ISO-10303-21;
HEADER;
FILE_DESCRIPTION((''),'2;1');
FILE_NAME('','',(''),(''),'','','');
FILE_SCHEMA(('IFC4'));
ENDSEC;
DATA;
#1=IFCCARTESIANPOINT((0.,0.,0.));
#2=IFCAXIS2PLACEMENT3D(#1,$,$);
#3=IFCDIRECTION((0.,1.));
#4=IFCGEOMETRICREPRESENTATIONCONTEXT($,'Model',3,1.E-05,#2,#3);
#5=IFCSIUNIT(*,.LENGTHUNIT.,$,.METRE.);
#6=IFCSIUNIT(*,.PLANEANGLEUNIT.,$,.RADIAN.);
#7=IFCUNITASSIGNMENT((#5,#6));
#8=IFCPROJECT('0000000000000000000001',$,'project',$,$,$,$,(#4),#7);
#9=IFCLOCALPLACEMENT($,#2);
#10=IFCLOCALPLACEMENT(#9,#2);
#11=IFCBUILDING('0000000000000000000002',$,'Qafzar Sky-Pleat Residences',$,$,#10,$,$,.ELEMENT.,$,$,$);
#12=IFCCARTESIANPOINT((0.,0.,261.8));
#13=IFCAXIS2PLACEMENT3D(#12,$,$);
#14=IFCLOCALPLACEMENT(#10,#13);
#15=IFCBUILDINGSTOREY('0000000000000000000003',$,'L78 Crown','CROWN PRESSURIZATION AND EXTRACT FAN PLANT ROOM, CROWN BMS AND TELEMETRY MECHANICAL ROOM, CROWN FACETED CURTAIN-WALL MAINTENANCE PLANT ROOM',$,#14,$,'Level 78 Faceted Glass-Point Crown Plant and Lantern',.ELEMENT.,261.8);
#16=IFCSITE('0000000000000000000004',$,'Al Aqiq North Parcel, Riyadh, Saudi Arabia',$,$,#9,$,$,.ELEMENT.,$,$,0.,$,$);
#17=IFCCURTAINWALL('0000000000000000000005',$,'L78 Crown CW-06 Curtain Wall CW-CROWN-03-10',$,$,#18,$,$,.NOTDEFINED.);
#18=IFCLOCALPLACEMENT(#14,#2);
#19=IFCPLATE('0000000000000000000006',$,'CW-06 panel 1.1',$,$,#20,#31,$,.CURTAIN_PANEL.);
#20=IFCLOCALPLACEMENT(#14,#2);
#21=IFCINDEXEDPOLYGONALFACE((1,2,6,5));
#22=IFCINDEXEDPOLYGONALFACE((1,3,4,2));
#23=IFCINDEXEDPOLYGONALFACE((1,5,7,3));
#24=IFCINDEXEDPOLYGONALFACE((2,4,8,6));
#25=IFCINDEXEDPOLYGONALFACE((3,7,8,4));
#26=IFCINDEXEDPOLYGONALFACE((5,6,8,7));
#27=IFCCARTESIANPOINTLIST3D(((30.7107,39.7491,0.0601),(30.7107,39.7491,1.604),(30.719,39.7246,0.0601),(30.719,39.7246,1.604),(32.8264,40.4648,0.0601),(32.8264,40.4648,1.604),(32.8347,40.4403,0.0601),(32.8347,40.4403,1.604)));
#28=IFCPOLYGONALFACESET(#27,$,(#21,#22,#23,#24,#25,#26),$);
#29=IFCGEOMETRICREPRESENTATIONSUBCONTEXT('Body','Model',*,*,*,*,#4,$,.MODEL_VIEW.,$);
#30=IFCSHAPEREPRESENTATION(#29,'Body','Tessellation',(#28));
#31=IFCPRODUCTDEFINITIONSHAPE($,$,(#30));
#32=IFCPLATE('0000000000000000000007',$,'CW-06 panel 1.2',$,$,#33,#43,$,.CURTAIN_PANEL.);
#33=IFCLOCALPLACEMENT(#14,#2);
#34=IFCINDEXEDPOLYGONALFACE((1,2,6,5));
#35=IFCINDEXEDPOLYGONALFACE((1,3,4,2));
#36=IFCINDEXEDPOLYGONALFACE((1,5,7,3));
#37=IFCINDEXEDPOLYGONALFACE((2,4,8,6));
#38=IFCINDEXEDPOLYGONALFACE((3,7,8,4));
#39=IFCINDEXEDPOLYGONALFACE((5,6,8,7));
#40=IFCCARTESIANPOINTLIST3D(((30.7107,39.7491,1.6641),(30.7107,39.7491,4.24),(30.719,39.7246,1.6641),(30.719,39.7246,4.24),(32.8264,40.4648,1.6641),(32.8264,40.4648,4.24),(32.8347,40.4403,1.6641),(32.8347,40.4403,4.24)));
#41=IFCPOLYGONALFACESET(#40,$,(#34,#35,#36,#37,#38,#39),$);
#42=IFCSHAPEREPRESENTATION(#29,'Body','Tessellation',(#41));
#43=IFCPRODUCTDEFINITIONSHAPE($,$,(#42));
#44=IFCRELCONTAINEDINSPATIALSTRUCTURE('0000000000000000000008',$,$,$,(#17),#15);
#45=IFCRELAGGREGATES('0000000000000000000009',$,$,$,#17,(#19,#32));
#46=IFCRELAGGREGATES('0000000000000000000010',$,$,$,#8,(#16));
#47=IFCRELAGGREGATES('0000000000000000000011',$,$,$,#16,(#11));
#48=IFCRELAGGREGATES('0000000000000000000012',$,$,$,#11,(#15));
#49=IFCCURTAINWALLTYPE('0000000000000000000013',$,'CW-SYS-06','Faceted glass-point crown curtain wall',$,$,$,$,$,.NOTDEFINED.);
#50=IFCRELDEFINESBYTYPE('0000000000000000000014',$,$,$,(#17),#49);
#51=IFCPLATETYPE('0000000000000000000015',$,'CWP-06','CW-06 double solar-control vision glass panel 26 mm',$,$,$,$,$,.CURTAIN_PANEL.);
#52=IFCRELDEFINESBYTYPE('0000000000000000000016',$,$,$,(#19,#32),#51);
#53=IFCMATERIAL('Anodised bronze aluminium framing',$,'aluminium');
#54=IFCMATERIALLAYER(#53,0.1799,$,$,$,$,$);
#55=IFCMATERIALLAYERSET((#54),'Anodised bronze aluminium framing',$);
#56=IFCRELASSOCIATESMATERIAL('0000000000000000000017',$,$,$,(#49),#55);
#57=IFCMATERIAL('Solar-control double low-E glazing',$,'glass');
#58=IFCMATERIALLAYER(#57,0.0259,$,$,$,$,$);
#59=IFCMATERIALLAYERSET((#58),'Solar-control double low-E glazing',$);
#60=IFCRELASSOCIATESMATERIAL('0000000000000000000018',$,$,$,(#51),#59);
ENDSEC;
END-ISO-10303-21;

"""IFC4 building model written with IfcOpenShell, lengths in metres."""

from ifc_helpers import new_model, si_unit, direction, frame, origin, origin_2d, place, context, subcontext, project, spatial, rectangle, extrude, source, transform, mapped, material, layer, layer_set, type_object, element, aggregate, save


model = new_model("IFC4")

# Units and contexts
model_context = context("Model", 3, precision=1e-05, world=origin(), true_north=direction((0.0, 1.0)))
body_context = subcontext(model_context, "Body", "Model", "MODEL_VIEW")
ifc_project = project(units=[si_unit("LENGTHUNIT", "METRE"), si_unit("PLANEANGLEUNIT", "RADIAN")], contexts=[model_context])

# Site, building, storey
site_placement = place(None, origin())
site = spatial("IfcSite", under=ifc_project, at=site_placement, Name="Al Aqiq North Parcel, Riyadh, Saudi Arabia", CompositionType="ELEMENT", RefElevation=0.0)
building_placement = place(site_placement, origin())
building = spatial("IfcBuilding", under=site, at=building_placement, Name="Qafzar Sky-Pleat Residences", CompositionType="ELEMENT")
storey_placement = place(building_placement, frame((0.0, 0.0, 261.8)))
storey = spatial("IfcBuildingStorey", under=building, at=storey_placement, Name="L78 Crown", Description="CROWN PRESSURIZATION AND EXTRACT FAN PLANT ROOM, CROWN BMS AND TELEMETRY MECHANICAL ROOM, CROWN FACETED CURTAIN-WALL MAINTENANCE PLANT ROOM", LongName="Level 78 Faceted Glass-Point Crown Plant and Lantern", CompositionType="ELEMENT", Elevation=261.8)

# Curtain wall
ifc_material_1 = material(Name="Anodised bronze aluminium framing", Category="aluminium")
ifc_layer_1 = layer(ifc_material_1, 0.1799)
ifc_layer_set_1 = layer_set([ifc_layer_1], Name="Anodised bronze aluminium framing")
curtain_wall_type = type_object("IfcCurtainWallType", Name="CW-SYS-06", Description="Faceted glass-point crown curtain wall", PredefinedType="NOTDEFINED", material=ifc_layer_set_1)
curtain_wall_1_placement = place(storey_placement, origin())
curtain_wall_1 = element("IfcCurtainWall", 1, at=curtain_wall_1_placement, inside=storey, type_object=curtain_wall_type, Name="L78 Crown CW-06 Curtain Wall CW-CROWN-03-10", PredefinedType="NOTDEFINED")

# Plates
ifc_material_2 = material(Name="Solar-control double low-E glazing", Category="glass")
ifc_layer_2 = layer(ifc_material_2, 0.0259)
ifc_layer_set_2 = layer_set([ifc_layer_2], Name="Solar-control double low-E glazing")
plate_type = type_object("IfcPlateType", Name="CWP-06", Description="CW-06 double solar-control vision glass panel 26 mm", PredefinedType="CURTAIN_PANEL", material=ifc_layer_set_2)
shared_shape_1 = source(origin(), body_context, "Body", "SweptSolid", [
    extrude(rectangle(XDim=2.2334, YDim=0.0259, at=origin_2d()), origin(), (0.0, 0.0, 1.0), 1.5439),
])
plate_1_placement = place(storey_placement, frame((31.7727, 40.0947, 0.0601), z_axis=(0.0, 0.0, 1.0), x_axis=(-0.947265, -0.320451, 0.0)))
plate_1 = element("IfcPlate", 2, at=plate_1_placement, type_object=plate_type, Name="CW-06 panel 1.1", PredefinedType="CURTAIN_PANEL", context=body_context, shape_type="MappedRepresentation", body=[
    mapped(shared_shape_1, transform((0.0, 0.0, 0.0), x_axis=(1.0, 0.0, 0.0), y_axis=(0.0, 1.0, 0.0), z_axis=(0.0, 0.0, 1.0), scale=1.0)),
])
shared_shape_2 = source(origin(), body_context, "Body", "SweptSolid", [
    extrude(rectangle(XDim=2.2334, YDim=0.0259, at=origin_2d()), origin(), (0.0, 0.0, 1.0), 2.5759),
])
plate_2_placement = place(storey_placement, frame((31.7727, 40.0947, 1.6641), z_axis=(0.0, 0.0, 1.0), x_axis=(-0.947265, -0.320451, 0.0)))
plate_2 = element("IfcPlate", 3, at=plate_2_placement, type_object=plate_type, Name="CW-06 panel 1.2", PredefinedType="CURTAIN_PANEL", context=body_context, shape_type="MappedRepresentation", body=[
    mapped(shared_shape_2, transform((0.0, 0.0, 0.0), x_axis=(1.0, 0.0, 0.0), y_axis=(0.0, 1.0, 0.0), z_axis=(0.0, 0.0, 1.0), scale=1.0)),
])
aggregate(curtain_wall_1, [plate_1, plate_2])

save(model, "model.ifc")
